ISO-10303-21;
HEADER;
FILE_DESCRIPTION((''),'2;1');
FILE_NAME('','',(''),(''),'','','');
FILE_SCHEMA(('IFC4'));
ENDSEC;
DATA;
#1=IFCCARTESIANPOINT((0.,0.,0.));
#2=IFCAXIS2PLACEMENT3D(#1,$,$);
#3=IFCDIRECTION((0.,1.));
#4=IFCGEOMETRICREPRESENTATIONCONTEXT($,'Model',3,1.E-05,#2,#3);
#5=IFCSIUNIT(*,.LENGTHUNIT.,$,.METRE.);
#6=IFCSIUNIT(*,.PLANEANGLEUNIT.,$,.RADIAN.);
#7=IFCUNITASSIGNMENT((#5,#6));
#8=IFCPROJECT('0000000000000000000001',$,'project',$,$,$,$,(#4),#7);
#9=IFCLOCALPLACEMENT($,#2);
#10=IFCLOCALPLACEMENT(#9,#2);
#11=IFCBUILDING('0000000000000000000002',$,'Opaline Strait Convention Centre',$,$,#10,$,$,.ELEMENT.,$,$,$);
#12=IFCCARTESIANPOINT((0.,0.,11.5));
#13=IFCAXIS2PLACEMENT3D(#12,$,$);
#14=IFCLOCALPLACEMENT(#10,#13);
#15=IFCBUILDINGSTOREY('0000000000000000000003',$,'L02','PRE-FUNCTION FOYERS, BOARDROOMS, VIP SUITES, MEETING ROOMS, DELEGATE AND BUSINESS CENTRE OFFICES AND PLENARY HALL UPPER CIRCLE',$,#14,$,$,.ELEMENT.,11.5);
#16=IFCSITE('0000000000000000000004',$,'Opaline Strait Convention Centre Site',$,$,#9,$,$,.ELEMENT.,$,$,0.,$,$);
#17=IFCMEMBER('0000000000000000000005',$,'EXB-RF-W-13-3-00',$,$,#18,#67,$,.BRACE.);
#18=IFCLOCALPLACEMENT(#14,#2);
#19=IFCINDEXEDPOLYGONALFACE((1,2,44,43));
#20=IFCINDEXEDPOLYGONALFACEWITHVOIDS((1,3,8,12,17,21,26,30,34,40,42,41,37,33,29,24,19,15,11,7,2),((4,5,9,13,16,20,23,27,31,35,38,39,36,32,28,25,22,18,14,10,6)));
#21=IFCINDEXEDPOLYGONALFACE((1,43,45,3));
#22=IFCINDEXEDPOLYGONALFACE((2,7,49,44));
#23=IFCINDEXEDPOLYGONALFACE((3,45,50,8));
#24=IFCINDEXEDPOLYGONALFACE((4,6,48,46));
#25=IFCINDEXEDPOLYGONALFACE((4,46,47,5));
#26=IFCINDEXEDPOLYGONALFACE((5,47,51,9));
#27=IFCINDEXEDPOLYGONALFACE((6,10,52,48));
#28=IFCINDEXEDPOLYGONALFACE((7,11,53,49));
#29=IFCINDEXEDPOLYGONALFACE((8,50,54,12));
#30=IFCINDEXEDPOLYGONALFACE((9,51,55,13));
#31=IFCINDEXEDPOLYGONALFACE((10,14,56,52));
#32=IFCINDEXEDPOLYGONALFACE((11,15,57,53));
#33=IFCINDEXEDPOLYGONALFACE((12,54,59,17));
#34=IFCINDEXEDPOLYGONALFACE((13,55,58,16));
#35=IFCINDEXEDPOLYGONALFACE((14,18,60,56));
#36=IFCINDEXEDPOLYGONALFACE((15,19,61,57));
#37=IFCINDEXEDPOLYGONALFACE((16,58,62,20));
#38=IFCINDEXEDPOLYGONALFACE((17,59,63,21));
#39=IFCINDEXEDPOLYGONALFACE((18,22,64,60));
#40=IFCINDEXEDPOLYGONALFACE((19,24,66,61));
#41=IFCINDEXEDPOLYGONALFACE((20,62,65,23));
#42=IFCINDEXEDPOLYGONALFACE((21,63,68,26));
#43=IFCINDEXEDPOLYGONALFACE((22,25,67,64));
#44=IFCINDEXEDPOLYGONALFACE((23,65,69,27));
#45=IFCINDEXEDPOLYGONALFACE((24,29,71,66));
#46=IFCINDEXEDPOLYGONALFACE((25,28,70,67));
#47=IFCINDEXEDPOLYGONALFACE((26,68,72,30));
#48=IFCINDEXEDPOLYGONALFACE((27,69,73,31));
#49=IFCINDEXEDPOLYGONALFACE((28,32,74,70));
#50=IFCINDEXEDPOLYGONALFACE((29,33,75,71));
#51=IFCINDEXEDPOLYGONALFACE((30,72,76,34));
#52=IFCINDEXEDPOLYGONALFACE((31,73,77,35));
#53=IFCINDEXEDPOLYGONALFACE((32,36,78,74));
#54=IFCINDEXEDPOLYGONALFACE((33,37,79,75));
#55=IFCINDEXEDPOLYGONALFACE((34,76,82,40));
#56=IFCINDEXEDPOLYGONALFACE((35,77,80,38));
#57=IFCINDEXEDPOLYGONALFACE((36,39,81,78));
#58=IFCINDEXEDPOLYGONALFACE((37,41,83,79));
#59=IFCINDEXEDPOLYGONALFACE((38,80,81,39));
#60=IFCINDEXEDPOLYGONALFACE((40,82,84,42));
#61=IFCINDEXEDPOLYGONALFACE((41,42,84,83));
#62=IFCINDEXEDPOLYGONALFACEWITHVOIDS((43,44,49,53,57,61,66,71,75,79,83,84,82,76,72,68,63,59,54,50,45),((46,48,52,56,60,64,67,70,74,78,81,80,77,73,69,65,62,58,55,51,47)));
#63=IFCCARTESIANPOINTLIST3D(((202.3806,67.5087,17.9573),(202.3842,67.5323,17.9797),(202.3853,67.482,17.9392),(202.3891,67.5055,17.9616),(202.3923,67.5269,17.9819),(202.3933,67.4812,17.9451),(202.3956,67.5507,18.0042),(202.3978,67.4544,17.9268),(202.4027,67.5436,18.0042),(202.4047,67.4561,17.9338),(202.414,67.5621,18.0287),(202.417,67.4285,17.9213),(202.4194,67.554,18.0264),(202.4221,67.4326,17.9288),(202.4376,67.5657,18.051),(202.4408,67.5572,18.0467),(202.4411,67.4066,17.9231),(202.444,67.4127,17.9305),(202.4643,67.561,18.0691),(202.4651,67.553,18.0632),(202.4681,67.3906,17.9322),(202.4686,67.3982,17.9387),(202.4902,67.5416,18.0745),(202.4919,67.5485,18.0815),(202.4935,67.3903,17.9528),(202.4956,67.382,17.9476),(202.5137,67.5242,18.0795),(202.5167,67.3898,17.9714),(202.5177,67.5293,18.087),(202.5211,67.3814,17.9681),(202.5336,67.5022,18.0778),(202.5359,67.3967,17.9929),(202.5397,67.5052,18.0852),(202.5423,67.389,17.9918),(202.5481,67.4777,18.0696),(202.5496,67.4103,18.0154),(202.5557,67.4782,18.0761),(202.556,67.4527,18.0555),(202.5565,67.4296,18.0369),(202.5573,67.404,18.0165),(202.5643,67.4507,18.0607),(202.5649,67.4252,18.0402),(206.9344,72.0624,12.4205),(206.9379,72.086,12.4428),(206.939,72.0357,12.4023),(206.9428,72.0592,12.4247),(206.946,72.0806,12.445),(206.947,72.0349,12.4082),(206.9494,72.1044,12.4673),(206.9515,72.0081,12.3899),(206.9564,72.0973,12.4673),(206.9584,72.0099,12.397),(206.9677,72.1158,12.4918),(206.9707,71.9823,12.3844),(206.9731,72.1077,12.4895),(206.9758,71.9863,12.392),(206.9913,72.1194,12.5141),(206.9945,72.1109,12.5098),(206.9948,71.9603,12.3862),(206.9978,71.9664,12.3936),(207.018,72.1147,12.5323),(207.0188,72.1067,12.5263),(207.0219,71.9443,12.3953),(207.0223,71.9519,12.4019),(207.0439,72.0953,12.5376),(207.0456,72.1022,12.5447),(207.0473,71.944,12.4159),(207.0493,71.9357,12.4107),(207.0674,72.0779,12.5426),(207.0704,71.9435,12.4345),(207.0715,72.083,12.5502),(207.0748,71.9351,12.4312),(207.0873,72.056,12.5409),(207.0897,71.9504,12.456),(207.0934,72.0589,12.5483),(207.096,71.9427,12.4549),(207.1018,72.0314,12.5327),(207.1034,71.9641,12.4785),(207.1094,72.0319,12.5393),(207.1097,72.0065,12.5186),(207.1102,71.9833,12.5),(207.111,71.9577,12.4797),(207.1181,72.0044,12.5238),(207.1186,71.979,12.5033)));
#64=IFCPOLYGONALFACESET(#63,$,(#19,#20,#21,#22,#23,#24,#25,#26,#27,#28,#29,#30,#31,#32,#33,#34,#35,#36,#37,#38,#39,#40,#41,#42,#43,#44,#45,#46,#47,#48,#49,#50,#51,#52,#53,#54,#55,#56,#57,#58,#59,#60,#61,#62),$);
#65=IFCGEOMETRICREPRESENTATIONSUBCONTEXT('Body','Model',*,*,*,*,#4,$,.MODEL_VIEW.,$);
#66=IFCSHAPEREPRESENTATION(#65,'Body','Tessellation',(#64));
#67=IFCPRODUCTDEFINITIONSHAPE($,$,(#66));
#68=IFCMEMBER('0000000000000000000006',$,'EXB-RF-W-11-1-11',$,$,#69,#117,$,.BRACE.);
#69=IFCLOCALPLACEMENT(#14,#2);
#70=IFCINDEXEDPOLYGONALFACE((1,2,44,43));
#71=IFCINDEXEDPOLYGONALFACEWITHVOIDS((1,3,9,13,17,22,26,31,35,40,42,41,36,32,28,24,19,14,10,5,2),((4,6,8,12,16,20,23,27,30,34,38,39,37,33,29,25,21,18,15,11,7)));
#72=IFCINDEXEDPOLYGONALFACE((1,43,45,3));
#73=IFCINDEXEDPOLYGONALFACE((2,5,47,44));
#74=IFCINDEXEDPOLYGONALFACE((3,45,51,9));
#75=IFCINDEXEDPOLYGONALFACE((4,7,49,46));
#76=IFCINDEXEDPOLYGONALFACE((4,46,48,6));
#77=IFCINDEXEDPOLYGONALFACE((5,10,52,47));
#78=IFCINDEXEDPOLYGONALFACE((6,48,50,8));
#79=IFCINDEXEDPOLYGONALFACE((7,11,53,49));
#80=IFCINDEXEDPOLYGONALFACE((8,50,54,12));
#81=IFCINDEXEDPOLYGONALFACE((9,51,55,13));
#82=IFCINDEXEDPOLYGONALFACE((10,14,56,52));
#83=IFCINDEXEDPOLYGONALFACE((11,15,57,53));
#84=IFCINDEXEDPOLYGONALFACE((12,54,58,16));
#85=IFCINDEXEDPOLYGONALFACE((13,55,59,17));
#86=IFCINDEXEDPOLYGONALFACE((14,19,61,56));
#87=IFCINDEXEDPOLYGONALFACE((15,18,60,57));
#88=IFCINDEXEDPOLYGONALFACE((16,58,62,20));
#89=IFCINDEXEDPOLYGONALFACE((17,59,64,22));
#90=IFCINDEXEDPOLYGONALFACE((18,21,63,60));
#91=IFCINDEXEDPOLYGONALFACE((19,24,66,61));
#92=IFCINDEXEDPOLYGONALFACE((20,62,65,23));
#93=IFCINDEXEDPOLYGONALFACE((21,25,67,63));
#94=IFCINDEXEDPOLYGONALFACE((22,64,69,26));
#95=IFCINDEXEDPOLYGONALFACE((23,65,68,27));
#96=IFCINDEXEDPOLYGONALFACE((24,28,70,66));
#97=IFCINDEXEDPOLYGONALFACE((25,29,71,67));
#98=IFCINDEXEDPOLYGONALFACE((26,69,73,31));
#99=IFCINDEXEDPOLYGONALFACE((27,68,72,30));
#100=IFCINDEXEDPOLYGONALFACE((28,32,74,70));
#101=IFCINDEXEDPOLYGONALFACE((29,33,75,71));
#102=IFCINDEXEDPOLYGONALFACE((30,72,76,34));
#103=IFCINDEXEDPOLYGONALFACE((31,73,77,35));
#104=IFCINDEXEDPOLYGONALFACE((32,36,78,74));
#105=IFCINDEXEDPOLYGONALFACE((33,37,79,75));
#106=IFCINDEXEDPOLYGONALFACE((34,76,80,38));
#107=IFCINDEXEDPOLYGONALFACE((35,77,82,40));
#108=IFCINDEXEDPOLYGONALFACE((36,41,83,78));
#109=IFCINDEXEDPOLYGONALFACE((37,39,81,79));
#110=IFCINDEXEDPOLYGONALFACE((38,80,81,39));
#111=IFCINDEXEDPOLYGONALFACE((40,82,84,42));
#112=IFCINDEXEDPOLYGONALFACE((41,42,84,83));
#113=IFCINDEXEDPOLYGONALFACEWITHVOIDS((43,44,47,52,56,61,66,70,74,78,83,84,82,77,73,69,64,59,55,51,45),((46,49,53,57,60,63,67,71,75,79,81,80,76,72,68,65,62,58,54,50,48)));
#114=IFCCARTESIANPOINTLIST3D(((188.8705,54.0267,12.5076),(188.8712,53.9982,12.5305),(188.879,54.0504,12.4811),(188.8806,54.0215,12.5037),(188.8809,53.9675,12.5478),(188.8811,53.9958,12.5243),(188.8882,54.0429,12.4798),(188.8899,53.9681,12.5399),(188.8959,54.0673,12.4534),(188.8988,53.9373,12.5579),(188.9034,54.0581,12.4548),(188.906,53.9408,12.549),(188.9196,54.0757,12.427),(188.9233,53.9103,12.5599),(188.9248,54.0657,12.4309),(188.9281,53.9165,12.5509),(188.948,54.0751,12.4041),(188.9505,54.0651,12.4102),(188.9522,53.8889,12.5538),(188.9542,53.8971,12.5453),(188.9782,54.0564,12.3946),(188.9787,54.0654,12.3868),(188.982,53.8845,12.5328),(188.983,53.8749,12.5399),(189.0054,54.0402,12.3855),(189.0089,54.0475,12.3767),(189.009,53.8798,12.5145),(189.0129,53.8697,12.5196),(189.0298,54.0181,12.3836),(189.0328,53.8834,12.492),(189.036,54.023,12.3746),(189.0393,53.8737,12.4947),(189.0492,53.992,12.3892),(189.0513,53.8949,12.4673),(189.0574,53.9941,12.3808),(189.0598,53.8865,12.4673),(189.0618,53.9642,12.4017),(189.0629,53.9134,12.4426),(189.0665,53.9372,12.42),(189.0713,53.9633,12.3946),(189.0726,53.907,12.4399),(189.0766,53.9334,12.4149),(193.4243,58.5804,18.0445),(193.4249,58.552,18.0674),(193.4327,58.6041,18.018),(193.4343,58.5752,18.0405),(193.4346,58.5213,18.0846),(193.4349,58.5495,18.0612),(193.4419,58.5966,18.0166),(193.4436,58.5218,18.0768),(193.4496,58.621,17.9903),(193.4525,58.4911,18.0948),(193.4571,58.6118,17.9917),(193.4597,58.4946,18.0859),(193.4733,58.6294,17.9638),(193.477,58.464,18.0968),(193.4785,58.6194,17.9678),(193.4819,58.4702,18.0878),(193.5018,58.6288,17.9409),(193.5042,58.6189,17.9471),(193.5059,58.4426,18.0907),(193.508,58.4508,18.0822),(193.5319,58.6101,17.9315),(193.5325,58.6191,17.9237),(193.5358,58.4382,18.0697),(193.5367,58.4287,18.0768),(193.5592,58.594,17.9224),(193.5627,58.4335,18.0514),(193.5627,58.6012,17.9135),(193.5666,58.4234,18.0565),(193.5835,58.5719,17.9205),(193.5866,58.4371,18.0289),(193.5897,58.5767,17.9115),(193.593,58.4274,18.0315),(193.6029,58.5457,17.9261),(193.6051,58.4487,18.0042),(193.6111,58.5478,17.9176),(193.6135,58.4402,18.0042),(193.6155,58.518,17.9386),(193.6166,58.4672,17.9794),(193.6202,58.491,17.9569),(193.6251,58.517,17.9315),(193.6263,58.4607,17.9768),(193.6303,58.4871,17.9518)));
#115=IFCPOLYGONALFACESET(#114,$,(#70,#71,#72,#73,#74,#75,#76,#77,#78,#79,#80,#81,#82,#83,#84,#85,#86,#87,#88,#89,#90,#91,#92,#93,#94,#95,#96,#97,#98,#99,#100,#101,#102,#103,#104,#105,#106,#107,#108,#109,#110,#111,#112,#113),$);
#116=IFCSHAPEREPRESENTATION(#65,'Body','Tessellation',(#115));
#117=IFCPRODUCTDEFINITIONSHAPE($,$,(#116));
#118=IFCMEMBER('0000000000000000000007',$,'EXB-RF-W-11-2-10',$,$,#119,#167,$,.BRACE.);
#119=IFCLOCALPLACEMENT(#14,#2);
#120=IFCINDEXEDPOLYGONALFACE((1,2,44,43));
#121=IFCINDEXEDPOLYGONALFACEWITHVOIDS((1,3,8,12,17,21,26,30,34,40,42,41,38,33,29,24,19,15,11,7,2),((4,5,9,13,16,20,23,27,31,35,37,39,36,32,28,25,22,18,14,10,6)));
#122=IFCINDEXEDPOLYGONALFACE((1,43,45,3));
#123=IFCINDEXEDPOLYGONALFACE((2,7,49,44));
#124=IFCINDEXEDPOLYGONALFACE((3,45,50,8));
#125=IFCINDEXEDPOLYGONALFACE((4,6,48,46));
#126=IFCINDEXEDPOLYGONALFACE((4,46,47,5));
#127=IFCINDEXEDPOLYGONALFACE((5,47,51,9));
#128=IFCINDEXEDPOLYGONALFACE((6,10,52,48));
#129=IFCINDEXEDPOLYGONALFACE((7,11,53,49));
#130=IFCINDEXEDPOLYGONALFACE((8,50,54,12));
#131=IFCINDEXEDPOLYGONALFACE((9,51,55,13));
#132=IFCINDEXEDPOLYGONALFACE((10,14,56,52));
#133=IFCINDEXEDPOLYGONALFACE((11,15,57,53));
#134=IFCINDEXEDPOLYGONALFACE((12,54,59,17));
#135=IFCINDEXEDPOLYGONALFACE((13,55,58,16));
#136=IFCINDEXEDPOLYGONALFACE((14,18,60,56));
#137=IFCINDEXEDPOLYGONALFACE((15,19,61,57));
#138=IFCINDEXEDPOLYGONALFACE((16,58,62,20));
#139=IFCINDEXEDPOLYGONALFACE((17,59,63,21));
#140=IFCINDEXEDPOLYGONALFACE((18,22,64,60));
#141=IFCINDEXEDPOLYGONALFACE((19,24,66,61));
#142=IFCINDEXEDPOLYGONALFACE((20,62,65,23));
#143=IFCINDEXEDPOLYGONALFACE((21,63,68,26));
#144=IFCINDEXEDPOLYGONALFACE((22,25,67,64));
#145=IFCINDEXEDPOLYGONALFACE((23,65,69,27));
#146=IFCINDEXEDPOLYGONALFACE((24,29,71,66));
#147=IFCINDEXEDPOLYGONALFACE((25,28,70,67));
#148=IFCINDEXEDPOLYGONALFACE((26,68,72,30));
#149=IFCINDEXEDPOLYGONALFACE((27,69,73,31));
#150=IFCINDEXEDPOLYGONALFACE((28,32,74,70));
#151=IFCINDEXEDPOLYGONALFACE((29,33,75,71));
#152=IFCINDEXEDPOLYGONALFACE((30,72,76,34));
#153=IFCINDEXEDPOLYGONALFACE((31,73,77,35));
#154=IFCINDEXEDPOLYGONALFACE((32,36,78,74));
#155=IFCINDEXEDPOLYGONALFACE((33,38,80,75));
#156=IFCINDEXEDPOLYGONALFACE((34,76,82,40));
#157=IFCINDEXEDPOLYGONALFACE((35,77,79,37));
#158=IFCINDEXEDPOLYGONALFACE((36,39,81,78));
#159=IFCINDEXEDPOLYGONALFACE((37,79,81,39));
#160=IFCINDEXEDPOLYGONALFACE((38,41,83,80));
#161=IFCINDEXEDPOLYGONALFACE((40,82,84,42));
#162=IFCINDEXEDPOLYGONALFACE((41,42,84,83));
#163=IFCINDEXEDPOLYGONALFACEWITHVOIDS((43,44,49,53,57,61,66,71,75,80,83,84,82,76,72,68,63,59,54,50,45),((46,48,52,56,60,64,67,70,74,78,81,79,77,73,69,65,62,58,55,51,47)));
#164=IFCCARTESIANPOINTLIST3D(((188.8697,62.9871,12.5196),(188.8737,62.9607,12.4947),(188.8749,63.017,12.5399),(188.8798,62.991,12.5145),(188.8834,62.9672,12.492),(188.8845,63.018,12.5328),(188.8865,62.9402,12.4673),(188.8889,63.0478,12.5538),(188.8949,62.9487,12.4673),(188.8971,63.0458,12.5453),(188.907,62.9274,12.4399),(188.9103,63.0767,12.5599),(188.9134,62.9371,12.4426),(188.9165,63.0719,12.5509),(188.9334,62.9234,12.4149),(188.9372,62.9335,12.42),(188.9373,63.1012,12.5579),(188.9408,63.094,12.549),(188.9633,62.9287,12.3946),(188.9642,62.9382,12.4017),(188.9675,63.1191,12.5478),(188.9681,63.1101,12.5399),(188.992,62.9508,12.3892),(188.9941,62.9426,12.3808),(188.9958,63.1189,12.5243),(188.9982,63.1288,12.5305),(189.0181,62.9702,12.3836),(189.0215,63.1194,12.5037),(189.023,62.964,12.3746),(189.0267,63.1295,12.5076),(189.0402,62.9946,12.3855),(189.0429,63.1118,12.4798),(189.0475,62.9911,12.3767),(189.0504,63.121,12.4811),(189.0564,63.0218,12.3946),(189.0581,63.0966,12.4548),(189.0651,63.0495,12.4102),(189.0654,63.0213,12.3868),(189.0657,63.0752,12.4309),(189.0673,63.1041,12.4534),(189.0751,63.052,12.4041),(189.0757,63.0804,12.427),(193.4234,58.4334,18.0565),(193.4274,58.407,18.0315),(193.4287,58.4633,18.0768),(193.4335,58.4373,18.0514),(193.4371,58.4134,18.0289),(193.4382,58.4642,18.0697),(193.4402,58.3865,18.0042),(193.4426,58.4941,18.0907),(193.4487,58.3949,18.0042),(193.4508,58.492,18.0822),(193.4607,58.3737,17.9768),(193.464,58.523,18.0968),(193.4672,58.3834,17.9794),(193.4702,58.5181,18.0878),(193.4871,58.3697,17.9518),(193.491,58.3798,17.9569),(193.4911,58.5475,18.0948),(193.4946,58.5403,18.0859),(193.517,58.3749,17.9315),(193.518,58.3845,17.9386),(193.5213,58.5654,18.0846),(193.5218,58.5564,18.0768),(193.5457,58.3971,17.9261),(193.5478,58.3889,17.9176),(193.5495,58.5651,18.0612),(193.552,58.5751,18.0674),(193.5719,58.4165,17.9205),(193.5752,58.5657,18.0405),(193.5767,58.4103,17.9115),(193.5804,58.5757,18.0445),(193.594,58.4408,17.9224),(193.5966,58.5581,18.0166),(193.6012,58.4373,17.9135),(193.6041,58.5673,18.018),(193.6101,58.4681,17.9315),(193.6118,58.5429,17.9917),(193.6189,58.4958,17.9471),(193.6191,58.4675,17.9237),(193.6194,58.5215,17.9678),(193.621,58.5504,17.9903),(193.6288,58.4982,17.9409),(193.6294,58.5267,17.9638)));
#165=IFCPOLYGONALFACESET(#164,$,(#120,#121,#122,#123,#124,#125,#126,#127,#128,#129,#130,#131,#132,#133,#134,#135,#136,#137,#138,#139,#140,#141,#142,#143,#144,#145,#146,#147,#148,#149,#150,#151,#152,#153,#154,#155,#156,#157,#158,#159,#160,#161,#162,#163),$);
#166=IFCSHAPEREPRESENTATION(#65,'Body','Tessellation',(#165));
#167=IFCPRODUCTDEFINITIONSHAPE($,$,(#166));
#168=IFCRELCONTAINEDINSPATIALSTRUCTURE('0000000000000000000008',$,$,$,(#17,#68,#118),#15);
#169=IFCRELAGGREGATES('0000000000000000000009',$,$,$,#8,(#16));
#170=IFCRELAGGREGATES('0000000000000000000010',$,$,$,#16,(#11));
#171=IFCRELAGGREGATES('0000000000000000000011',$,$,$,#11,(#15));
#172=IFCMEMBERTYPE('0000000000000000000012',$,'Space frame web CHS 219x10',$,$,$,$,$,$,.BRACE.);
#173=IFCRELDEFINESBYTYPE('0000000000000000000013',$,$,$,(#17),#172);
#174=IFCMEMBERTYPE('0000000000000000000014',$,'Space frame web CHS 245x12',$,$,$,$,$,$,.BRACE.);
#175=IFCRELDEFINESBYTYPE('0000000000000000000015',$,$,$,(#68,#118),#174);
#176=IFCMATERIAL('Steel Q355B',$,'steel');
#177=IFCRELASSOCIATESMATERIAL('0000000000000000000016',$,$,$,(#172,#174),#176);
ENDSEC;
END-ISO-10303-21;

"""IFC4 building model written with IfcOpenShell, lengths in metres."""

from ifc_helpers import new_model, si_unit, direction, frame, origin, origin_2d, place, context, subcontext, project, spatial, hollow_circle, extrude, material, material_profile, profile_set, type_object, element, save


model = new_model("IFC4")

# Units and contexts
model_context = context("Model", 3, precision=1e-05, world=origin(), true_north=direction((0.0, 1.0)))
body_context = subcontext(model_context, "Body", "Model", "MODEL_VIEW")
ifc_project = project(units=[si_unit("LENGTHUNIT", "METRE"), si_unit("PLANEANGLEUNIT", "RADIAN")], contexts=[model_context])

# Site, building, storey
site_placement = place(None, origin())
site = spatial("IfcSite", under=ifc_project, at=site_placement, Name="Opaline Strait Convention Centre Site", CompositionType="ELEMENT", RefElevation=0.0)
building_placement = place(site_placement, origin())
building = spatial("IfcBuilding", under=site, at=building_placement, Name="Opaline Strait Convention Centre", CompositionType="ELEMENT")
storey_placement = place(building_placement, frame((0.0, 0.0, 11.5)))
storey = spatial("IfcBuildingStorey", under=building, at=storey_placement, Name="L02", Description="PRE-FUNCTION FOYERS, BOARDROOMS, VIP SUITES, MEETING ROOMS, DELEGATE AND BUSINESS CENTRE OFFICES AND PLENARY HALL UPPER CIRCLE", CompositionType="ELEMENT", Elevation=11.5)

# Members
ifc_material = material(Name="Steel Q355B", Category="steel")
ifc_material_profile_1 = material_profile(ifc_material, hollow_circle(Radius=0.1096, WallThickness=0.01, at=origin_2d()), Name="CHS 219x10")
ifc_profile_set_1 = profile_set([ifc_material_profile_1], Name="Steel Q355B")
member_type_1 = type_object("IfcMemberType", Name="Space frame web CHS 219x10", PredefinedType="BRACE", material=ifc_profile_set_1)
for number, where, z_axis, x_axis, name in (
    (1, (202.4731, 67.4731, 18.0042), (0.536178, 0.536178, -0.65194), (-0.707107, 0.707107, 0.0), "EXB-RF-W-13-3-00"),
):
    element("IfcMember", number, at=place(storey_placement, frame(where, z_axis=z_axis, x_axis=x_axis)), inside=storey, type_object=member_type_1, Name=name, PredefinedType="BRACE", context=body_context, shape_type="SweptSolid", body=[
        extrude(hollow_circle(Radius=0.1096, WallThickness=0.01, at=origin_2d()), origin(), (0.0, 0.0, 1.0), 8.4929),
    ])
ifc_material_profile_2 = material_profile(ifc_material, hollow_circle(Radius=0.1226, WallThickness=0.012, at=origin_2d()), Name="CHS 245x12")
ifc_profile_set_2 = profile_set([ifc_material_profile_2], Name="Steel Q355B")
member_type_2 = type_object("IfcMemberType", Name="Space frame web CHS 245x12", PredefinedType="BRACE", material=ifc_profile_set_2)
for number, where, z_axis, x_axis, name in (
    (2, (193.5269, 58.5269, 18.0042), (-0.536178, -0.536178, -0.65194), (0.707107, -0.707107, 0.0), "EXB-RF-W-11-1-11"),
    (3, (193.5269, 58.4731, 18.0042), (-0.536178, 0.536178, -0.65194), (-0.707107, -0.707107, 0.0), "EXB-RF-W-11-2-10"),
):
    element("IfcMember", number, at=place(storey_placement, frame(where, z_axis=z_axis, x_axis=x_axis)), inside=storey, type_object=member_type_2, Name=name, PredefinedType="BRACE", context=body_context, shape_type="SweptSolid", body=[
        extrude(hollow_circle(Radius=0.1226, WallThickness=0.012, at=origin_2d()), origin(), (0.0, 0.0, 1.0), 8.4929),
    ])

save(model, "model.ifc")
